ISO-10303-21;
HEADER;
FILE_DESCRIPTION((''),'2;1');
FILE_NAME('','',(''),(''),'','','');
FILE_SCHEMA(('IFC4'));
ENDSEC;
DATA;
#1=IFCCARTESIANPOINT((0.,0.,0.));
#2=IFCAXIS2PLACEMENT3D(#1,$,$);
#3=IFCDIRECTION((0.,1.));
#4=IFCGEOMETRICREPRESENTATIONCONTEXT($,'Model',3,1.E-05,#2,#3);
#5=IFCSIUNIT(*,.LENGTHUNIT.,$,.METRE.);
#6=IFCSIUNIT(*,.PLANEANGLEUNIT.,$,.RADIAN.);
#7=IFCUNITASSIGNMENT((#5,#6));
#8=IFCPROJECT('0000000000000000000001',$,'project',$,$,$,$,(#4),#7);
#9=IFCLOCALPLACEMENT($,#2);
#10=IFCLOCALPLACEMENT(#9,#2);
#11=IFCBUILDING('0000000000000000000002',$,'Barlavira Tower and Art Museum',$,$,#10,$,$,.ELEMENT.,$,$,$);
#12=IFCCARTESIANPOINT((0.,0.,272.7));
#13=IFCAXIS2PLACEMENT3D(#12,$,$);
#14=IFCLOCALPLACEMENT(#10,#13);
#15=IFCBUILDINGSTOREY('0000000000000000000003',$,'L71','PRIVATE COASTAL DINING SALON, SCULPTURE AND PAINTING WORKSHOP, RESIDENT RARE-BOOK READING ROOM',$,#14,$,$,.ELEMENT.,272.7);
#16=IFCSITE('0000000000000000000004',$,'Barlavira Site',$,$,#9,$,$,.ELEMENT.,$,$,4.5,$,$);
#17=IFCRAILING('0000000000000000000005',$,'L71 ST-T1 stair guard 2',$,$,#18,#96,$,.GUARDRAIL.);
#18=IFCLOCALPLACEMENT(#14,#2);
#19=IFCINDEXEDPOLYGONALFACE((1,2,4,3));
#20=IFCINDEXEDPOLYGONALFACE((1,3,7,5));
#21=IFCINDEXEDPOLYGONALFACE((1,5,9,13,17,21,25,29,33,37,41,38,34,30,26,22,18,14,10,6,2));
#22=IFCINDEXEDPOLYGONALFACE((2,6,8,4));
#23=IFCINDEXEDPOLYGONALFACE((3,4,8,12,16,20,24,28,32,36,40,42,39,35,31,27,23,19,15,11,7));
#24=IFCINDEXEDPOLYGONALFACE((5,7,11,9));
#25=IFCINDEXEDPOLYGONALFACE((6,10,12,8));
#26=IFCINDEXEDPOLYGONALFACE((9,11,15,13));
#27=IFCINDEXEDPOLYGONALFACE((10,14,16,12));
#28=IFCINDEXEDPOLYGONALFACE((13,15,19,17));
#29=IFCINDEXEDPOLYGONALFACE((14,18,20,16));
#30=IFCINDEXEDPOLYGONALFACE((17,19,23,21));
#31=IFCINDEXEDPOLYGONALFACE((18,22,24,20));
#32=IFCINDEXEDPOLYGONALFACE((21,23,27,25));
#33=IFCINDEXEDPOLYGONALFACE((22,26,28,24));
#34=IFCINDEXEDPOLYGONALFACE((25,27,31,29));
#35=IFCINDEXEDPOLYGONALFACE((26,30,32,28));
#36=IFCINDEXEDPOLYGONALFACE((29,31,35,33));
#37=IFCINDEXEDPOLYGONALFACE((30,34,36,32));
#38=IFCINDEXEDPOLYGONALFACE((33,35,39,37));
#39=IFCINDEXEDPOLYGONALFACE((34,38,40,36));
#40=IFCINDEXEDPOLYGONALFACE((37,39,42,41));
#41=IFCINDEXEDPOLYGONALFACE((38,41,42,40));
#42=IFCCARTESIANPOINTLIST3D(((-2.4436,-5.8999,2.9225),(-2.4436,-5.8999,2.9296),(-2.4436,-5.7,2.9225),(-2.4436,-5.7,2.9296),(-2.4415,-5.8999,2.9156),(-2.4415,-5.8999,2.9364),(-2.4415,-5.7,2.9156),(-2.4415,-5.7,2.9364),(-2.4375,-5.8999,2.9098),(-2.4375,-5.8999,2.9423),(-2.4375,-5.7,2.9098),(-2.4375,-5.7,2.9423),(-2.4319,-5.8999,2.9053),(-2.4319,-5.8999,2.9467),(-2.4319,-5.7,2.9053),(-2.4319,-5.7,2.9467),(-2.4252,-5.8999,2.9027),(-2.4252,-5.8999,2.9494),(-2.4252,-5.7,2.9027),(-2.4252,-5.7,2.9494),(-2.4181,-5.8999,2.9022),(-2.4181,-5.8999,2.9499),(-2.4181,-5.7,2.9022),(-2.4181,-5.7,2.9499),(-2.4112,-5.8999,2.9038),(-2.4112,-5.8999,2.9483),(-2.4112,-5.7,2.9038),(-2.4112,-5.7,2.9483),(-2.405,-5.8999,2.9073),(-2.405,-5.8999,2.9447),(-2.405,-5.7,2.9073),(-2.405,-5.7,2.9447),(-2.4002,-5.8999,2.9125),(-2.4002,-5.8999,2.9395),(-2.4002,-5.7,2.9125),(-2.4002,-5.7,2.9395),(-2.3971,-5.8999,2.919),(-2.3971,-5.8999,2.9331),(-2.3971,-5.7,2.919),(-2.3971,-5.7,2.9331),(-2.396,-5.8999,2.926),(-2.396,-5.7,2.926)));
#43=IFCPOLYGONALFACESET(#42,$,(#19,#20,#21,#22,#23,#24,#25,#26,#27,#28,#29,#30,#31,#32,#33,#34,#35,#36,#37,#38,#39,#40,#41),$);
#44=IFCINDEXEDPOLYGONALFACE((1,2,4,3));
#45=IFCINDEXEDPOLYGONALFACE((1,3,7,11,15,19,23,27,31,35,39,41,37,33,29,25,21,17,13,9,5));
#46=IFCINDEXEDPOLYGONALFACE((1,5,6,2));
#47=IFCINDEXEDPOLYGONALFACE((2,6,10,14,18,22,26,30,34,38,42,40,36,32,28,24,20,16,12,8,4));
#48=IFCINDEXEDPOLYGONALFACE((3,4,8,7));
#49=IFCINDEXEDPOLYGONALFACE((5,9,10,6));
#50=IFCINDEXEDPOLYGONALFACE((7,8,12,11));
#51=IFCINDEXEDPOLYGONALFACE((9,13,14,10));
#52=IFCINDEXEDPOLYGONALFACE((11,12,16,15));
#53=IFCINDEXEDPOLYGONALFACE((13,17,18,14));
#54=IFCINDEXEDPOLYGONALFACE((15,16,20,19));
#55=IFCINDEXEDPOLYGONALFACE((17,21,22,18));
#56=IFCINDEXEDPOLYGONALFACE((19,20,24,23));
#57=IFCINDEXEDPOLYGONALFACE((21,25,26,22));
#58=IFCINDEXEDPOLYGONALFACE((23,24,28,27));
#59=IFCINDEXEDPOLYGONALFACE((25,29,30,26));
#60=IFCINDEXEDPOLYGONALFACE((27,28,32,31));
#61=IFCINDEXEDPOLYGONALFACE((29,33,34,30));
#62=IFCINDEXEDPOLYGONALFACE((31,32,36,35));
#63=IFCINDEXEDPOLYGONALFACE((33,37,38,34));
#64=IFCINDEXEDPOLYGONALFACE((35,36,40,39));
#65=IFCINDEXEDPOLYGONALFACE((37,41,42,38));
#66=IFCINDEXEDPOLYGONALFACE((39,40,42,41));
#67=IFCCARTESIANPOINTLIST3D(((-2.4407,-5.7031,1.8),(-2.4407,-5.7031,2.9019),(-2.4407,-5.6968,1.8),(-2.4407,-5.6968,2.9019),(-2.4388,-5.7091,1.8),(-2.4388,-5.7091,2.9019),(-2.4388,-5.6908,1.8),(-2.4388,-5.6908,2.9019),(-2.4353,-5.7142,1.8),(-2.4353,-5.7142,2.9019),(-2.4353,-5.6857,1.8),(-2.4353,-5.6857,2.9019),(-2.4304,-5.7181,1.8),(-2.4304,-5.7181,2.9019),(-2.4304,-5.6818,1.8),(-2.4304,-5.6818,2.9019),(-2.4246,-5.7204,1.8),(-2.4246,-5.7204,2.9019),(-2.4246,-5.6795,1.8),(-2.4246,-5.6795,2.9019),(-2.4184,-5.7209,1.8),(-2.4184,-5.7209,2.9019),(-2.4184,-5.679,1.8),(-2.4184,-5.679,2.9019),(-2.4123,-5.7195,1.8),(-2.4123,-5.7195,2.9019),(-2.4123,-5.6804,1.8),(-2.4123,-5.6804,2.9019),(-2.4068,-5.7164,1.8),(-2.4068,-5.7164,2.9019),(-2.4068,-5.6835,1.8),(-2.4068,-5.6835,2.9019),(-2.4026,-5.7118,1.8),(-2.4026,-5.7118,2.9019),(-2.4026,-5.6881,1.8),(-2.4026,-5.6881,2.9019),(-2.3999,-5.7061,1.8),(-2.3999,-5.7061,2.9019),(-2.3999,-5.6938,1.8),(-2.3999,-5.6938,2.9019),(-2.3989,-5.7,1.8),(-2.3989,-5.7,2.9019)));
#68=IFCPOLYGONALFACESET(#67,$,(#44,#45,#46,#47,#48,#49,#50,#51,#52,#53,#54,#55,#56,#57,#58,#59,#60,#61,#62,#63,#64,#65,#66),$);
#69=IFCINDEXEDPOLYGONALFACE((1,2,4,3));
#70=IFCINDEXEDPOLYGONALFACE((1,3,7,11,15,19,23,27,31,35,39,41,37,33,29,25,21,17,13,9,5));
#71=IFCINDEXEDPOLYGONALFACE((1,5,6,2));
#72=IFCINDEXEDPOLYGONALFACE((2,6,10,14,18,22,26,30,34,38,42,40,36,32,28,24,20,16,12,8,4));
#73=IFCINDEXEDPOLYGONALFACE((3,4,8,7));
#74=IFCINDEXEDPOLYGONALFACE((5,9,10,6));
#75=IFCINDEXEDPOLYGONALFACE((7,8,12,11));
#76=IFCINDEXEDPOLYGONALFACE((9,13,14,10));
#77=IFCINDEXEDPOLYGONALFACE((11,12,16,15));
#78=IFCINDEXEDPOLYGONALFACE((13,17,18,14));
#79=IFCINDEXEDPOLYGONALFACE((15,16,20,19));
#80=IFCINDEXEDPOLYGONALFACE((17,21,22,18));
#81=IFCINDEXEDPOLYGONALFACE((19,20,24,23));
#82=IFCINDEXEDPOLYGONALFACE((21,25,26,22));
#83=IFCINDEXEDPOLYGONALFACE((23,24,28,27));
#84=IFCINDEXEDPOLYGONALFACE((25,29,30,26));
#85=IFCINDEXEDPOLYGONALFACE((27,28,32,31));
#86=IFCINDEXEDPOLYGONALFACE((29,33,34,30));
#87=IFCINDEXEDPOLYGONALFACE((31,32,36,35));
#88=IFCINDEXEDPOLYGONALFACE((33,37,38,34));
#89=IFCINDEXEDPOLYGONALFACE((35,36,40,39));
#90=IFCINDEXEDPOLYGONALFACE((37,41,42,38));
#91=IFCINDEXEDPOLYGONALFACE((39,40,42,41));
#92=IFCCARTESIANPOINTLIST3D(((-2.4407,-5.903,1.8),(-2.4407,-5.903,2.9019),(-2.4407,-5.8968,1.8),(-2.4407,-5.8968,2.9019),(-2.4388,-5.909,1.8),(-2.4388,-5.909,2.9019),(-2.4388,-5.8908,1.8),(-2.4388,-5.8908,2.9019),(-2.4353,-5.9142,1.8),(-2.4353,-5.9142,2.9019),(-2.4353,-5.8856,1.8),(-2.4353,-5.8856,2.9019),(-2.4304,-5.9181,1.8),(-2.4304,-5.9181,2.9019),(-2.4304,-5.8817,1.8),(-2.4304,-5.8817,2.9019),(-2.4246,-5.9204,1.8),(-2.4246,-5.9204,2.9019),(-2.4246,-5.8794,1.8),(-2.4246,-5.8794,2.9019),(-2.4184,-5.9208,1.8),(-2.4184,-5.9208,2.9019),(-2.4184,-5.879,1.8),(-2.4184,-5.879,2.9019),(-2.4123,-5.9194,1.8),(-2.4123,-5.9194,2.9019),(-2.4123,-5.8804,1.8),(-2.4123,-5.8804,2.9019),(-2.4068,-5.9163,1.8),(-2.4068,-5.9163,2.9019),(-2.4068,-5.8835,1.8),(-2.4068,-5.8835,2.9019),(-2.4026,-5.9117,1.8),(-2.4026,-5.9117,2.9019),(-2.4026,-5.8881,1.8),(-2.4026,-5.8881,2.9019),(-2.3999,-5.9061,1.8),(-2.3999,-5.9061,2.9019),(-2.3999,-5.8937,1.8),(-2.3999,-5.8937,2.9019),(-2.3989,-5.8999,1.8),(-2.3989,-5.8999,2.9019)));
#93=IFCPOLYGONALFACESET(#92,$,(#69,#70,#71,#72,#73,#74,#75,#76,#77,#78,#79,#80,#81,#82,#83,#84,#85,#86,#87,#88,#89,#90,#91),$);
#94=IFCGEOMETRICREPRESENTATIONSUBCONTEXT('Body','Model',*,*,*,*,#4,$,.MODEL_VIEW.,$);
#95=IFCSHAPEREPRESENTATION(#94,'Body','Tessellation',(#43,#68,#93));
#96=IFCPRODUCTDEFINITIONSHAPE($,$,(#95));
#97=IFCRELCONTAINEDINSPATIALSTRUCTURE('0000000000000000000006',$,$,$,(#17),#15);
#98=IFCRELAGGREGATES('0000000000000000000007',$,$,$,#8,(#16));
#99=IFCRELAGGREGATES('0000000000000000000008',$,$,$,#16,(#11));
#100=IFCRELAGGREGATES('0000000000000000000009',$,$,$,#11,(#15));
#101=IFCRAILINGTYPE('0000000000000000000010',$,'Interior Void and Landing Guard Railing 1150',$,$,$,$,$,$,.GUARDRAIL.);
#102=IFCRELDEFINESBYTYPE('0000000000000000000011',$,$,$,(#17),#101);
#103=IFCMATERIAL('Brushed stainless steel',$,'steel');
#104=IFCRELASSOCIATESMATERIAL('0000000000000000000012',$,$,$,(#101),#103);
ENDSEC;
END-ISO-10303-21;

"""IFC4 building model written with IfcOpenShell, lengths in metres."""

from ifc_helpers import new_model, si_unit, direction, frame, origin, origin_2d, place, context, subcontext, project, spatial, circle, extrude, material, type_object, element, save


model = new_model("IFC4")

# Units and contexts
model_context = context("Model", 3, precision=1e-05, world=origin(), true_north=direction((0.0, 1.0)))
body_context = subcontext(model_context, "Body", "Model", "MODEL_VIEW")
ifc_project = project(units=[si_unit("LENGTHUNIT", "METRE"), si_unit("PLANEANGLEUNIT", "RADIAN")], contexts=[model_context])

# Site, building, storey
site_placement = place(None, origin())
site = spatial("IfcSite", under=ifc_project, at=site_placement, Name="Barlavira Site", CompositionType="ELEMENT", RefElevation=4.5)
building_placement = place(site_placement, origin())
building = spatial("IfcBuilding", under=site, at=building_placement, Name="Barlavira Tower and Art Museum", CompositionType="ELEMENT")
storey_placement = place(building_placement, frame((0.0, 0.0, 272.7)))
storey = spatial("IfcBuildingStorey", under=building, at=storey_placement, Name="L71", Description="PRIVATE COASTAL DINING SALON, SCULPTURE AND PAINTING WORKSHOP, RESIDENT RARE-BOOK READING ROOM", CompositionType="ELEMENT", Elevation=272.7)

# Shared definitions
ifc_material_1 = material(Name="Brushed stainless steel", Category="steel")

# Railing
railing_type_1 = type_object("IfcRailingType", Name="Interior Void and Landing Guard Railing 1150", PredefinedType="GUARDRAIL", material=ifc_material_1)
railing_1_placement = place(storey_placement, frame((-2.4199, -5.7, 1.8)))
element("IfcRailing", 1, at=railing_1_placement, inside=storey, type_object=railing_type_1, Name="L71 ST-T1 stair guard 2", PredefinedType="GUARDRAIL", context=body_context, shape_type="SweptSolid", body=[
    extrude(circle(Radius=0.0239, at=origin_2d()), frame((0.0, 0.0, 1.126), z_axis=(0.0, -1.0, 0.0), x_axis=(1.0, 0.0, 0.0)), (0.0, 0.0, 1.0), 0.2),
    extrude(circle(Radius=0.021, at=origin_2d()), origin(), (0.0, 0.0, 1.0), 1.1018),
    extrude(circle(Radius=0.021, at=origin_2d()), frame((0.0, -0.2, 0.0)), (0.0, 0.0, 1.0), 1.1018),
])

save(model, "model.ifc")
